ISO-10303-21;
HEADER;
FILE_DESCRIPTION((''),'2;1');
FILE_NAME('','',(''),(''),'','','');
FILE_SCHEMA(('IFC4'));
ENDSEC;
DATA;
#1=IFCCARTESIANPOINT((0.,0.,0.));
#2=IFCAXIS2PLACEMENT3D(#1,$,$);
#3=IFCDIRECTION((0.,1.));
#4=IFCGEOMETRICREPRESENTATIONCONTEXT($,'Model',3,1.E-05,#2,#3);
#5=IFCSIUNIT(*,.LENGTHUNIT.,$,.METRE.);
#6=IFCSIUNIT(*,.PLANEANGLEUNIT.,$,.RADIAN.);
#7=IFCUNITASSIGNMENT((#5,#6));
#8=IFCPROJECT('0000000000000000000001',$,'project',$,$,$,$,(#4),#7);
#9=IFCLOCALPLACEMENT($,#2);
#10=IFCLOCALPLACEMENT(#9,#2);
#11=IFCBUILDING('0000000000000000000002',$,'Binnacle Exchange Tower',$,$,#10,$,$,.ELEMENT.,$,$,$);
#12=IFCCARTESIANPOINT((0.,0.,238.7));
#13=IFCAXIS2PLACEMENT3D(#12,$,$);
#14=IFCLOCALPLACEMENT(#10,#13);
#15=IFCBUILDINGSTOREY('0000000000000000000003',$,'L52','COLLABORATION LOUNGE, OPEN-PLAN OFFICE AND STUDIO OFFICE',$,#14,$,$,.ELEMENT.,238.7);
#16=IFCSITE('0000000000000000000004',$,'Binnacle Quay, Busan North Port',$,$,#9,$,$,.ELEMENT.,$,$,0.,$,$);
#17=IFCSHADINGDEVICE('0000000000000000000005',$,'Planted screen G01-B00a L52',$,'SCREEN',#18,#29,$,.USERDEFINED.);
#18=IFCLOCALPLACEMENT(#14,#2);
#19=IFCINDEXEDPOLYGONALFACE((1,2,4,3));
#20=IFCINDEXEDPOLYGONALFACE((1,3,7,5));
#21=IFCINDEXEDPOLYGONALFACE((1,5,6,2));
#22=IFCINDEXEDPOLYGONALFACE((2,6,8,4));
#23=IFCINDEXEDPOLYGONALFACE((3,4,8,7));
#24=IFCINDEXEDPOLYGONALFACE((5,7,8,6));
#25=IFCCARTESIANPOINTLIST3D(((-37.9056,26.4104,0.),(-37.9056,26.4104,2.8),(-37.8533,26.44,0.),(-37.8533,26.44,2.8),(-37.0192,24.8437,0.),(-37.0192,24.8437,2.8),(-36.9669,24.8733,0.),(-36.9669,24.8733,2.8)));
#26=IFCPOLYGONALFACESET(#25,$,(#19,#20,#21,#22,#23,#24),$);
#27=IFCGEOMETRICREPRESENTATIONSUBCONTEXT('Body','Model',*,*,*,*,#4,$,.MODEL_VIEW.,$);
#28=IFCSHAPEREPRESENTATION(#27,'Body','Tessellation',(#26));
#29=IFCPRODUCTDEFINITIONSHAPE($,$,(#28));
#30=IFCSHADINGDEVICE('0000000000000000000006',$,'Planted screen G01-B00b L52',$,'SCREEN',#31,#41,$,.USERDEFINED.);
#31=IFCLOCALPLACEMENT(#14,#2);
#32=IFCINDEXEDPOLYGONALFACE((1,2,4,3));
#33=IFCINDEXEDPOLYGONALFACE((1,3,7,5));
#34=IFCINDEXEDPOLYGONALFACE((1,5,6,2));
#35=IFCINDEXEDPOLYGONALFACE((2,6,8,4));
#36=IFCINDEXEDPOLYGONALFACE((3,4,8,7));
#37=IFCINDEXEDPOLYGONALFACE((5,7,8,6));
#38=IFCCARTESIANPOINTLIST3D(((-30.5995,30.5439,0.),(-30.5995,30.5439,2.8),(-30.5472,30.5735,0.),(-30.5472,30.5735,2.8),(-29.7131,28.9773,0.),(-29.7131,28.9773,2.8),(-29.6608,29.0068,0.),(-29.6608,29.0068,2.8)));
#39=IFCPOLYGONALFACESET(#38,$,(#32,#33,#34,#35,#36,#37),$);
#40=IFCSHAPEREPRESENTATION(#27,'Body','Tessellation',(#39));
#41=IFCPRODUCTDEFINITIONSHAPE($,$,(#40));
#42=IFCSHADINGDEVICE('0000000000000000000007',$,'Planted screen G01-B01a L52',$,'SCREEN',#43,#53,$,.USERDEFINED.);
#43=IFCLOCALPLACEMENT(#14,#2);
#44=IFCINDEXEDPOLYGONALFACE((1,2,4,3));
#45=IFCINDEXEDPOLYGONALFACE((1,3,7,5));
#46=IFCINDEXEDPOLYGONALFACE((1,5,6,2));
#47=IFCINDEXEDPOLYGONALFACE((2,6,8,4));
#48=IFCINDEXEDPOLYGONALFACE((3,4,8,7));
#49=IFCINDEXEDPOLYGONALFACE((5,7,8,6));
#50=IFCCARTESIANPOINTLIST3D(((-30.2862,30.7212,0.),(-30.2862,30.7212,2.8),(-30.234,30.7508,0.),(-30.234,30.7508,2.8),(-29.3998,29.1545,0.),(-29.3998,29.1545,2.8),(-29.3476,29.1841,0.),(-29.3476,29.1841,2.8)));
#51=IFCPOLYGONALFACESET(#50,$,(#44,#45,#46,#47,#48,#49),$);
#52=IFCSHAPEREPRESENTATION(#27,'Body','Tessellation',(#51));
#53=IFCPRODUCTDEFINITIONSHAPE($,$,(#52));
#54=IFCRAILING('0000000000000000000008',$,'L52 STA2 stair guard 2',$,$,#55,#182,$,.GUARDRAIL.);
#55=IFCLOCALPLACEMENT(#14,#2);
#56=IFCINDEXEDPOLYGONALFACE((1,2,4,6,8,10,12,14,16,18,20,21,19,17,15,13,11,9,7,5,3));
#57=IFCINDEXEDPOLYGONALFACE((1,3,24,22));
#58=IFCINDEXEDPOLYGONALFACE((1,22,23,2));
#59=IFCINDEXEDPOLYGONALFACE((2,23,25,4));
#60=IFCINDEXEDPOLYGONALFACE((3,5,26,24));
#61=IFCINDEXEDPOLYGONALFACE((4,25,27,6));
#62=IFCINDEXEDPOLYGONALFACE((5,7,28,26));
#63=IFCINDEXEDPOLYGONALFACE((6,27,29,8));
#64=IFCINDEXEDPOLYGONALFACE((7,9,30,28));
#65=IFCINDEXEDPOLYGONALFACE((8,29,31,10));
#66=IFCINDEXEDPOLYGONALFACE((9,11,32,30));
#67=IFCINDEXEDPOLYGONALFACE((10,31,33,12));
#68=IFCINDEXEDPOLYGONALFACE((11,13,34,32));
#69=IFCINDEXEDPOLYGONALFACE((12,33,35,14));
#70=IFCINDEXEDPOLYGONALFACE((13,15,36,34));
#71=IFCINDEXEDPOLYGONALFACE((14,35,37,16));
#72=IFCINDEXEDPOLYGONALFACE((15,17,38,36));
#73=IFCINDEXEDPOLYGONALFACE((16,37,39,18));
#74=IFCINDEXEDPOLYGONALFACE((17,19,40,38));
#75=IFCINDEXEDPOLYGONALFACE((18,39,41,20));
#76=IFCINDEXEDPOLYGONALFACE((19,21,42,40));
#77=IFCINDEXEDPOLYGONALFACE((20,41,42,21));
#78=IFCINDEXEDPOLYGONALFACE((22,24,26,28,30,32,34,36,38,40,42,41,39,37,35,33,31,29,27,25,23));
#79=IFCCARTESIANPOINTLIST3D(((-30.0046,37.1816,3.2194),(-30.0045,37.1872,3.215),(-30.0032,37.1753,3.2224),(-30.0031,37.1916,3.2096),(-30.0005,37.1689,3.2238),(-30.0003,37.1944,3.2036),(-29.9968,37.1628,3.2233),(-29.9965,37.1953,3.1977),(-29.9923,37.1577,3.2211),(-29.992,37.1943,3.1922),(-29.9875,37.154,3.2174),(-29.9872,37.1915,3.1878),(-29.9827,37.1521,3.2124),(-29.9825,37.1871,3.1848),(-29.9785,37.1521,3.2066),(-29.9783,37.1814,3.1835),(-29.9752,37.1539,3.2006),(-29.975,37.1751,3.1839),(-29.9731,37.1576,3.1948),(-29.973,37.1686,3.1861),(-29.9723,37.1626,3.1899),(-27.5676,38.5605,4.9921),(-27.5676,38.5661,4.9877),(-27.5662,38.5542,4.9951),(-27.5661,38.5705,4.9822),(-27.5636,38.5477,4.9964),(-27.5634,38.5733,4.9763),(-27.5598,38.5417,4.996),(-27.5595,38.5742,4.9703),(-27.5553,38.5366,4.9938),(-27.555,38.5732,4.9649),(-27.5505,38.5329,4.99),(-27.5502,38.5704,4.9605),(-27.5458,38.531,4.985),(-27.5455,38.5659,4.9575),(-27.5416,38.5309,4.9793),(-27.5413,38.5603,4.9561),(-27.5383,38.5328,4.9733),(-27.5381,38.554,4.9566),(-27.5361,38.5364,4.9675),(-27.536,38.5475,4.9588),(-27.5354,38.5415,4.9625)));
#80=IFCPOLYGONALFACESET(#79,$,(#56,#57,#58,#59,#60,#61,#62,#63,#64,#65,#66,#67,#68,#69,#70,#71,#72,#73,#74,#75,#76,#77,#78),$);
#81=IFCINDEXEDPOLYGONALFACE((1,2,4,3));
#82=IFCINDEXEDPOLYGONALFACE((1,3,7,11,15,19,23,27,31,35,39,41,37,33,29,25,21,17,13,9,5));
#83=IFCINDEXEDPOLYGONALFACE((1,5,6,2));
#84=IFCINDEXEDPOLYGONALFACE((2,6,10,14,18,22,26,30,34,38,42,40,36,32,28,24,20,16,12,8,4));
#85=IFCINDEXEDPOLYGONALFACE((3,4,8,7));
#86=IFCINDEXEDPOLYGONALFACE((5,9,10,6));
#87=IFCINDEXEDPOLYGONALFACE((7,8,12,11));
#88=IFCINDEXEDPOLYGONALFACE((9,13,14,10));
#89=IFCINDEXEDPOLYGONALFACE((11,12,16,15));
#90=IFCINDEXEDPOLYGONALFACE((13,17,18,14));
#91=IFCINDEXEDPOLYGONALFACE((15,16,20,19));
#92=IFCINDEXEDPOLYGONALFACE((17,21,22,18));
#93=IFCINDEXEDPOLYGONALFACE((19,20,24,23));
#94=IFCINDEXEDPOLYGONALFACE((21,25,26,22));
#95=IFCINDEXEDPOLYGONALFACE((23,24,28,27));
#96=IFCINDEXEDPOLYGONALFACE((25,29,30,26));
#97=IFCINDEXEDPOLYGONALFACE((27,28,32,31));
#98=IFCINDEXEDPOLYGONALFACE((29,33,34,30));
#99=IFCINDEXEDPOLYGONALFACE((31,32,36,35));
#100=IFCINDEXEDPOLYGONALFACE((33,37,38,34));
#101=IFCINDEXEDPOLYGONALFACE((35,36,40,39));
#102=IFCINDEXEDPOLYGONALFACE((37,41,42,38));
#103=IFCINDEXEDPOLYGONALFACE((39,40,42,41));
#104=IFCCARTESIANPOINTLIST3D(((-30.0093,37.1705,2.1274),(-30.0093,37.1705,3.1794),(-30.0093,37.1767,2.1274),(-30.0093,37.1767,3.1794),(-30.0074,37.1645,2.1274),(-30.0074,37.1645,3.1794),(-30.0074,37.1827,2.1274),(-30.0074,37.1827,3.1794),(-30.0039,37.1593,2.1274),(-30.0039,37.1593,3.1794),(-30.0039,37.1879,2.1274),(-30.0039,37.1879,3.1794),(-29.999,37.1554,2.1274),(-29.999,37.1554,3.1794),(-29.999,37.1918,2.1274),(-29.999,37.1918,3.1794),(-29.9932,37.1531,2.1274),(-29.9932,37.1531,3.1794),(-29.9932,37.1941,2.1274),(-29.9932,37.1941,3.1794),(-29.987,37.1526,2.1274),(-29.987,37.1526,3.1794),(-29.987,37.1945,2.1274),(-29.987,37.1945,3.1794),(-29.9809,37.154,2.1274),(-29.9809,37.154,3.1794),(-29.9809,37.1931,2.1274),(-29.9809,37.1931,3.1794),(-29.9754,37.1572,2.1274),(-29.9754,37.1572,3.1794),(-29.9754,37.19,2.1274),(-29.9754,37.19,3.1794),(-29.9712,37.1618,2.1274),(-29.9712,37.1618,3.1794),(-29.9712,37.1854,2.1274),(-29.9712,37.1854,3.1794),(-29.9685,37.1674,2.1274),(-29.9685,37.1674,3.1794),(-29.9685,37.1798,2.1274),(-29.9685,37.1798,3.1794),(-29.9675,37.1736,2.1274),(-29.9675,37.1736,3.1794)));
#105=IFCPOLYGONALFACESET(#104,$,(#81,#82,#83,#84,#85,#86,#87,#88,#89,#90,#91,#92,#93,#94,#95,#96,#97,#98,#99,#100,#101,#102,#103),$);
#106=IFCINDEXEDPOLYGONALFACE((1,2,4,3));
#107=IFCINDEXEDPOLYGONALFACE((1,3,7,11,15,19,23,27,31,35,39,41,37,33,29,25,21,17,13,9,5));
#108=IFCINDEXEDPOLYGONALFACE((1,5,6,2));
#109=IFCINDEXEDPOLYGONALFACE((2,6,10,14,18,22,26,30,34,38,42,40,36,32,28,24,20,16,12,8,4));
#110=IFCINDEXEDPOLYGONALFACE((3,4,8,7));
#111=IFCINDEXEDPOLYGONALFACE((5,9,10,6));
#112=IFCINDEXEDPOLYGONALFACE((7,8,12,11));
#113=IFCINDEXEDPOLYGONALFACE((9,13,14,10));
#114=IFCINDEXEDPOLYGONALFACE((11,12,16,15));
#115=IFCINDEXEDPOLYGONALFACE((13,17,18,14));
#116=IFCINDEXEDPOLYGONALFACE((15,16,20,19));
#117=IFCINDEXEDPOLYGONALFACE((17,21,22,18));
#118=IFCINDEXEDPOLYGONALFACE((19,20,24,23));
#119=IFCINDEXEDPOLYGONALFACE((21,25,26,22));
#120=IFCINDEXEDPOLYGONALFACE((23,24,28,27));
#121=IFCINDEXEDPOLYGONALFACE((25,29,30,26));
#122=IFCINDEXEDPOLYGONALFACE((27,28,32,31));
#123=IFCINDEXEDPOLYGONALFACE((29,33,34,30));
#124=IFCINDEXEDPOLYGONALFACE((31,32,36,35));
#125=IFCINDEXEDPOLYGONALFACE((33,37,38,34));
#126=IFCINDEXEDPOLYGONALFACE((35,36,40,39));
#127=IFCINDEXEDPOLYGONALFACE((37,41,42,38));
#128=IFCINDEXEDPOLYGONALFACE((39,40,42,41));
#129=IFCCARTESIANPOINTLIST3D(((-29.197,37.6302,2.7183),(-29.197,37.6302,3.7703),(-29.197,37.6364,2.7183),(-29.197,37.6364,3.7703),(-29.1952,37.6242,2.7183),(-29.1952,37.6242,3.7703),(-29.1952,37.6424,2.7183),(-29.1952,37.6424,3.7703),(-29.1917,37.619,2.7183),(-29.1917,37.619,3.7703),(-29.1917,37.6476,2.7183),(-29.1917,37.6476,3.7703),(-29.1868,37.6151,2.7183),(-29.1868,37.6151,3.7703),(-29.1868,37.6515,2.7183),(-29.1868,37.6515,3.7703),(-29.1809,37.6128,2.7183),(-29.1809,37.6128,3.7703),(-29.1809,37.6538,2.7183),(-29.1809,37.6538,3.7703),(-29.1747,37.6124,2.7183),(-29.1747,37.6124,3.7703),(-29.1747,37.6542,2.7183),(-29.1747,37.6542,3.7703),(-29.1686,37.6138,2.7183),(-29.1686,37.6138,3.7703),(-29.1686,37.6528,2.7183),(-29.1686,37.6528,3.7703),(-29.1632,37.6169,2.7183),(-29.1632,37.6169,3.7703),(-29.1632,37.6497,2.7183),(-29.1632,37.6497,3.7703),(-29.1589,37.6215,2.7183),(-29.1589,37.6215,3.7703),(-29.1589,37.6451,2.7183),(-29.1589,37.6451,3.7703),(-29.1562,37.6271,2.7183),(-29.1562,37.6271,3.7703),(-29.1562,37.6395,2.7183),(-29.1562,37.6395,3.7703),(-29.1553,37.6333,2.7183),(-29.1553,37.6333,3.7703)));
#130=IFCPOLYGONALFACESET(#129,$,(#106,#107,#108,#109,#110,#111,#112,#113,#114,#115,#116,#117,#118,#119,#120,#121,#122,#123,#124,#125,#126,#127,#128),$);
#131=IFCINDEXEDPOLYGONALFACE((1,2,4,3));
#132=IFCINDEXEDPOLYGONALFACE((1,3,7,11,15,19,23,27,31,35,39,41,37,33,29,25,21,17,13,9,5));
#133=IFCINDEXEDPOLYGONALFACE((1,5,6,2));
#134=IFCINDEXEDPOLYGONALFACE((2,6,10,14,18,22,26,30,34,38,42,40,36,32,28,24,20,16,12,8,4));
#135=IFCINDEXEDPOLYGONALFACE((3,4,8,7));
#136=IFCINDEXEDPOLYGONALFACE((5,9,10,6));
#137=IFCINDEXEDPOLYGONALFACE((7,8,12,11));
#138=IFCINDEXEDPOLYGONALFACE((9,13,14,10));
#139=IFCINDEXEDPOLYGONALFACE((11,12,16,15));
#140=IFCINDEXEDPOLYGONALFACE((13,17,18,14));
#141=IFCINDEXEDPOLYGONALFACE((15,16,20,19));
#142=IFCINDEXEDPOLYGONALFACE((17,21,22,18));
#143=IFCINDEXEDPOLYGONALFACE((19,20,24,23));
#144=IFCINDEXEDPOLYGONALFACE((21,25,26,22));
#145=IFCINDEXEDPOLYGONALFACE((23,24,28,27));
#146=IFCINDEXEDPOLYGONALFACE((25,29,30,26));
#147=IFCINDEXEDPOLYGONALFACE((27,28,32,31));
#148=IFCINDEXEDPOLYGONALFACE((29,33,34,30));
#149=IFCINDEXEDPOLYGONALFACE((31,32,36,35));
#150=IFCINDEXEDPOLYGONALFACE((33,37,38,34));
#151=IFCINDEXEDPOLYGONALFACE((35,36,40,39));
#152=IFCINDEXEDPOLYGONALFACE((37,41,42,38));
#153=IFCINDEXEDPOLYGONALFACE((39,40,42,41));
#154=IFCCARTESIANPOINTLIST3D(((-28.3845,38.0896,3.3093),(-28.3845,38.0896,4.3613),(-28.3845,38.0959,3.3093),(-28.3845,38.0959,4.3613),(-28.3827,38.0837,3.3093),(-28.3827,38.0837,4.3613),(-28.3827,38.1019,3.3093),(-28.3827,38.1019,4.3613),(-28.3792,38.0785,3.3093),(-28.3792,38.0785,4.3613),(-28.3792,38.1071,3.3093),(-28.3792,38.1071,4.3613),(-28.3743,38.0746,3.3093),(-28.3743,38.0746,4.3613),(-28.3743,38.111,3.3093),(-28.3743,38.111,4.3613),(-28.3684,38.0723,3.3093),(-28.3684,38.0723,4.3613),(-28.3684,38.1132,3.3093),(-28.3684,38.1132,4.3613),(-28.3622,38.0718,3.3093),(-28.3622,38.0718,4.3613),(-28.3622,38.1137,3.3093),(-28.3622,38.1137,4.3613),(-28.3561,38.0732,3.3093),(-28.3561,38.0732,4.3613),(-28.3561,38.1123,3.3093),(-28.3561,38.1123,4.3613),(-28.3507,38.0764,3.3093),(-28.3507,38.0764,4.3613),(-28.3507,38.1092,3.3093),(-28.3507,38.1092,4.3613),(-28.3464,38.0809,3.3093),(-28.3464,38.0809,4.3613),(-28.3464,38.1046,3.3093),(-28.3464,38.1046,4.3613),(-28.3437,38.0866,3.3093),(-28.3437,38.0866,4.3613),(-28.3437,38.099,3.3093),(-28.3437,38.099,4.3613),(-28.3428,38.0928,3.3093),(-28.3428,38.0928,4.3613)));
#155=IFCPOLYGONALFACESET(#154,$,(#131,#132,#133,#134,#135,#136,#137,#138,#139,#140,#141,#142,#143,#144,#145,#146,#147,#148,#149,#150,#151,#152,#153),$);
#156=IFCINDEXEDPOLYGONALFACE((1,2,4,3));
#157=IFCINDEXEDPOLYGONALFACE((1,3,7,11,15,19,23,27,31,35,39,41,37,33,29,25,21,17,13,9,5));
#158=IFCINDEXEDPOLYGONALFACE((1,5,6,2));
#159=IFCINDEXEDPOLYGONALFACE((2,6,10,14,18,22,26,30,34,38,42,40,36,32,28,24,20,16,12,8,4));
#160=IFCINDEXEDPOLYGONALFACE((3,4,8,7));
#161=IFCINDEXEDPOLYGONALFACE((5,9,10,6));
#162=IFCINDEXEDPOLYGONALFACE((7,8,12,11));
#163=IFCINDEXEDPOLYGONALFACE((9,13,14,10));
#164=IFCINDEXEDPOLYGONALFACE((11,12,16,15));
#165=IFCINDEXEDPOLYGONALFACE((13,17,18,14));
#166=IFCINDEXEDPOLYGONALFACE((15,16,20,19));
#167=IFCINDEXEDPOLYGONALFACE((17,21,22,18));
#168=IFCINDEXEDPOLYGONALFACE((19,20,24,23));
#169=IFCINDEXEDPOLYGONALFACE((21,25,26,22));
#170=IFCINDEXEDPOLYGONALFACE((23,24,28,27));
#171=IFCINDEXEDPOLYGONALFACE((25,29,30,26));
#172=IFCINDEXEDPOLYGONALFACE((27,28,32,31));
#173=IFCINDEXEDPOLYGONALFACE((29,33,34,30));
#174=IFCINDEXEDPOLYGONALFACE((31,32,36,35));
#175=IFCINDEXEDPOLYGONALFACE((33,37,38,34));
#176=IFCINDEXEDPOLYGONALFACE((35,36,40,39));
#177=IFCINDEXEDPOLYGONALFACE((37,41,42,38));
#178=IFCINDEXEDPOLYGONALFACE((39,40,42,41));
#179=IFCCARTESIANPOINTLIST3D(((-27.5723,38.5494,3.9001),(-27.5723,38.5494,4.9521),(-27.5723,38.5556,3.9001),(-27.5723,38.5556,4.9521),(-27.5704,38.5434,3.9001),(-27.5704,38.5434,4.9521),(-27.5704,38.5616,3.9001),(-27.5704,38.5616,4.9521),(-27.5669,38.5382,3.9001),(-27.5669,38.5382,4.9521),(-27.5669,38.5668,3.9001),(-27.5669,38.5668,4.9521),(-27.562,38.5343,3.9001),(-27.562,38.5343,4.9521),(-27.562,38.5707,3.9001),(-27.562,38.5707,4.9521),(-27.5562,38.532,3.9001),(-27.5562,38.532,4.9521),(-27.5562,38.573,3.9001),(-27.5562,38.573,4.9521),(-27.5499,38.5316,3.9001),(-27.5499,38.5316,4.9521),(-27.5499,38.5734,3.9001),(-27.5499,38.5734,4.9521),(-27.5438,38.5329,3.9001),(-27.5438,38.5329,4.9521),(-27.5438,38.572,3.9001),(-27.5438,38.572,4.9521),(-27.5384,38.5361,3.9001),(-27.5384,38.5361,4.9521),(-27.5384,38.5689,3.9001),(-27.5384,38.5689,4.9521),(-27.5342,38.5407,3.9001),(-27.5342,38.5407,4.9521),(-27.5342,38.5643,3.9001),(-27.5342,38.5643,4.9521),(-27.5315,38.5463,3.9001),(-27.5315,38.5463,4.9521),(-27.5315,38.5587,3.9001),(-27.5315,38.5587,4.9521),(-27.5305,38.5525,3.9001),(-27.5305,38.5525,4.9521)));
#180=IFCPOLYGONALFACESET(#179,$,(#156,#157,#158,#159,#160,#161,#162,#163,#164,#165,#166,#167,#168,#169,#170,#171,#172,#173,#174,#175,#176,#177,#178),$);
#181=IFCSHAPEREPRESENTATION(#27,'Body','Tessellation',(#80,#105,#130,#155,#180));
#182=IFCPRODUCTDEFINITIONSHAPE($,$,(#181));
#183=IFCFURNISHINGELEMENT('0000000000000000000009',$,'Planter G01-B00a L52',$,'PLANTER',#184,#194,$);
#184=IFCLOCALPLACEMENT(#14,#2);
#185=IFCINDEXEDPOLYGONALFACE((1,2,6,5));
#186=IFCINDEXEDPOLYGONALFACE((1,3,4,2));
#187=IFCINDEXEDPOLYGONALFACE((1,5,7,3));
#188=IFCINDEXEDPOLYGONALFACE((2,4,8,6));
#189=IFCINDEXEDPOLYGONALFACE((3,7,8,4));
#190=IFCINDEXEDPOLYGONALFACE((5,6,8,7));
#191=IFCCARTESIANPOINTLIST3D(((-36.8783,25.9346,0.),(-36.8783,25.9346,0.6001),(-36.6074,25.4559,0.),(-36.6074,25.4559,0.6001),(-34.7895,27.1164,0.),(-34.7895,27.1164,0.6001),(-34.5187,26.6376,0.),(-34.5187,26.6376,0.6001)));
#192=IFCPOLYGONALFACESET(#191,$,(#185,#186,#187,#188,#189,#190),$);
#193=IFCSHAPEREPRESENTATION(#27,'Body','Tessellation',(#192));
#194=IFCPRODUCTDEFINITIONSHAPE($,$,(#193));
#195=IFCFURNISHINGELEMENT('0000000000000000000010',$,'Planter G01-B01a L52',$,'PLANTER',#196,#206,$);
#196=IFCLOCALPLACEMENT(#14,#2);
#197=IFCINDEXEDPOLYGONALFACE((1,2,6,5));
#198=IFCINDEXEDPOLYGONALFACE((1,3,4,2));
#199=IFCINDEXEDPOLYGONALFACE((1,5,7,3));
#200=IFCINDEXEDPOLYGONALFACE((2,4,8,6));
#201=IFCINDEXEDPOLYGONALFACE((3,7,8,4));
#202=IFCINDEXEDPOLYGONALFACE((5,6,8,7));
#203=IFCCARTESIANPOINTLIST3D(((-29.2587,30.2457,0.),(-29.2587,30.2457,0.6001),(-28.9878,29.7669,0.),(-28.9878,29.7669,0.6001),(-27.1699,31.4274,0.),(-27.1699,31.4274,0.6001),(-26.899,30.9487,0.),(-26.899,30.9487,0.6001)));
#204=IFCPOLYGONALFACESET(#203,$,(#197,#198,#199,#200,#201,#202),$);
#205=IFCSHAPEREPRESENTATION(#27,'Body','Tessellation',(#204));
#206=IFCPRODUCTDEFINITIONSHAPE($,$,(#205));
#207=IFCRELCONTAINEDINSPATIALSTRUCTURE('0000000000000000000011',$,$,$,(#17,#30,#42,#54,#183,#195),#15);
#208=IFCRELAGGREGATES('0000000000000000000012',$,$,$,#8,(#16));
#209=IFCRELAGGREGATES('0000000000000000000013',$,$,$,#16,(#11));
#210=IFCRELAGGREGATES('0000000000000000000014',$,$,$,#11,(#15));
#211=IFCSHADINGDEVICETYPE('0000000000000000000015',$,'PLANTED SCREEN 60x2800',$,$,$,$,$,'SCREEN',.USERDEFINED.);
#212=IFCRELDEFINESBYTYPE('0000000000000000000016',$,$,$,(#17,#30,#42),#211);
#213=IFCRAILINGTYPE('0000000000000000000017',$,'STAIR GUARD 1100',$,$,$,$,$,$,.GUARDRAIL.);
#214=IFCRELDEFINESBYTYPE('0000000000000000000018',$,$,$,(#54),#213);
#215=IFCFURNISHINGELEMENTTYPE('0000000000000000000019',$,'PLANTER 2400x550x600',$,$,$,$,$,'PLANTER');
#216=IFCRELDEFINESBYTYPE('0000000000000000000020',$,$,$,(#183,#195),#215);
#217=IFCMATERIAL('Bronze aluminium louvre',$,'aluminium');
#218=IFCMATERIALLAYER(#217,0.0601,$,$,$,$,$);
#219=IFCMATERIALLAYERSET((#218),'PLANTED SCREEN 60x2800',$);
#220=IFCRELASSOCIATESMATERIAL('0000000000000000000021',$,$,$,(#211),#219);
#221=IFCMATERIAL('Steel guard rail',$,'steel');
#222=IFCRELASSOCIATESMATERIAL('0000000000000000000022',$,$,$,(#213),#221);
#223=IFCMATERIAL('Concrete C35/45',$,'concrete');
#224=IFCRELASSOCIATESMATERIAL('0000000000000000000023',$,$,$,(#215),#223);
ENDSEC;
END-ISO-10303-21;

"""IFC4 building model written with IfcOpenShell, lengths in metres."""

from ifc_helpers import new_model, si_unit, direction, frame, origin, origin_2d, place, context, subcontext, project, spatial, rectangle, circle, extrude, material, layer, layer_set, type_object, element, save


model = new_model("IFC4")

# Units and contexts
model_context = context("Model", 3, precision=1e-05, world=origin(), true_north=direction((0.0, 1.0)))
body_context = subcontext(model_context, "Body", "Model", "MODEL_VIEW")
ifc_project = project(units=[si_unit("LENGTHUNIT", "METRE"), si_unit("PLANEANGLEUNIT", "RADIAN")], contexts=[model_context])

# Site, building, storey
site_placement = place(None, origin())
site = spatial("IfcSite", under=ifc_project, at=site_placement, Name="Binnacle Quay, Busan North Port", CompositionType="ELEMENT", RefElevation=0.0)
building_placement = place(site_placement, origin())
building = spatial("IfcBuilding", under=site, at=building_placement, Name="Binnacle Exchange Tower", CompositionType="ELEMENT")
storey_placement = place(building_placement, frame((0.0, 0.0, 238.7)))
storey = spatial("IfcBuildingStorey", under=building, at=storey_placement, Name="L52", Description="COLLABORATION LOUNGE, OPEN-PLAN OFFICE AND STUDIO OFFICE", CompositionType="ELEMENT", Elevation=238.7)

# Shared definitions
ifc_material_1 = material(Name="Concrete C35/45", Category="concrete")

# Shading devices
ifc_material_2 = material(Name="Bronze aluminium louvre", Category="aluminium")
ifc_layer_1 = layer(ifc_material_2, 0.0601)
ifc_layer_set_1 = layer_set([ifc_layer_1], Name="PLANTED SCREEN 60x2800")
shading_device_type = type_object("IfcShadingDeviceType", Name="PLANTED SCREEN 60x2800", ElementType="SCREEN", PredefinedType="USERDEFINED", material=ifc_layer_set_1)
for number, where, z_axis, x_axis, name in (
    (1, (-37.4363, 25.6418, 0.0), (0.0, 0.0, 1.0), (0.870356, 0.492424, 0.0), "Planted screen G01-B00a L52"),
    (2, (-30.1301, 29.7754, 0.0), (0.0, 0.0, 1.0), (0.870356, 0.492424, 0.0), "Planted screen G01-B00b L52"),
    (3, (-29.8169, 29.9526, 0.0), (0.0, 0.0, 1.0), (0.870356, 0.492424, 0.0), "Planted screen G01-B01a L52"),
):
    element("IfcShadingDevice", number, at=place(storey_placement, frame(where, z_axis=z_axis, x_axis=x_axis)), inside=storey, type_object=shading_device_type, Name=name, ObjectType="SCREEN", PredefinedType="USERDEFINED", context=body_context, shape_type="SweptSolid", body=[
        extrude(rectangle(XDim=0.0601, YDim=1.8, at=origin_2d()), origin(), (0.0, 0.0, 1.0), 2.8),
    ])

# Railing
ifc_material_3 = material(Name="Steel guard rail", Category="steel")
railing_type_1 = type_object("IfcRailingType", Name="STAIR GUARD 1100", PredefinedType="GUARDRAIL", material=ifc_material_3)
railing_1_placement = place(storey_placement, frame((-29.9885, 37.1736, 2.1274)))
element("IfcRailing", 4, at=railing_1_placement, inside=storey, type_object=railing_type_1, Name="L52 STA2 stair guard 2", PredefinedType="GUARDRAIL", context=body_context, shape_type="SweptSolid", body=[
    extrude(circle(Radius=0.0239, at=origin_2d()), frame((0.0, 0.0, 1.0762), z_axis=(0.735359, 0.41608, 0.534907), x_axis=(-0.492454, 0.870339, 0.0)), (0.0, 0.0, 1.0), 3.314),
    extrude(circle(Radius=0.021, at=origin_2d()), origin(), (0.0, 0.0, 1.0), 1.052),
    extrude(circle(Radius=0.021, at=origin_2d()), frame((0.8123, 0.4597, 0.5908)), (0.0, 0.0, 1.0), 1.052),
    extrude(circle(Radius=0.021, at=origin_2d()), frame((1.6248, 0.9192, 1.1819)), (0.0, 0.0, 1.0), 1.052),
    extrude(circle(Radius=0.021, at=origin_2d()), frame((2.437, 1.3789, 1.7727)), (0.0, 0.0, 1.0), 1.052),
])

# Furnishing elements
furnishing_element_type = type_object("IfcFurnishingElementType", Name="PLANTER 2400x550x600", ElementType="PLANTER", material=ifc_material_1)
for number, where, z_axis, x_axis, name in (
    (5, (-35.6985, 26.2861, 0.0), (0.0, 0.0, 1.0), (0.870356, 0.492424, 0.0), "Planter G01-B00a L52"),
    (6, (-28.0789, 30.5972, 0.0), (0.0, 0.0, 1.0), (0.870356, 0.492424, 0.0), "Planter G01-B01a L52"),
):
    element("IfcFurnishingElement", number, at=place(storey_placement, frame(where, z_axis=z_axis, x_axis=x_axis)), inside=storey, type_object=furnishing_element_type, Name=name, ObjectType="PLANTER", context=body_context, shape_type="SweptSolid", body=[
        extrude(rectangle(XDim=2.3999, YDim=0.55, at=origin_2d()), origin(), (0.0, 0.0, 1.0), 0.6001),
    ])

save(model, "model.ifc")
